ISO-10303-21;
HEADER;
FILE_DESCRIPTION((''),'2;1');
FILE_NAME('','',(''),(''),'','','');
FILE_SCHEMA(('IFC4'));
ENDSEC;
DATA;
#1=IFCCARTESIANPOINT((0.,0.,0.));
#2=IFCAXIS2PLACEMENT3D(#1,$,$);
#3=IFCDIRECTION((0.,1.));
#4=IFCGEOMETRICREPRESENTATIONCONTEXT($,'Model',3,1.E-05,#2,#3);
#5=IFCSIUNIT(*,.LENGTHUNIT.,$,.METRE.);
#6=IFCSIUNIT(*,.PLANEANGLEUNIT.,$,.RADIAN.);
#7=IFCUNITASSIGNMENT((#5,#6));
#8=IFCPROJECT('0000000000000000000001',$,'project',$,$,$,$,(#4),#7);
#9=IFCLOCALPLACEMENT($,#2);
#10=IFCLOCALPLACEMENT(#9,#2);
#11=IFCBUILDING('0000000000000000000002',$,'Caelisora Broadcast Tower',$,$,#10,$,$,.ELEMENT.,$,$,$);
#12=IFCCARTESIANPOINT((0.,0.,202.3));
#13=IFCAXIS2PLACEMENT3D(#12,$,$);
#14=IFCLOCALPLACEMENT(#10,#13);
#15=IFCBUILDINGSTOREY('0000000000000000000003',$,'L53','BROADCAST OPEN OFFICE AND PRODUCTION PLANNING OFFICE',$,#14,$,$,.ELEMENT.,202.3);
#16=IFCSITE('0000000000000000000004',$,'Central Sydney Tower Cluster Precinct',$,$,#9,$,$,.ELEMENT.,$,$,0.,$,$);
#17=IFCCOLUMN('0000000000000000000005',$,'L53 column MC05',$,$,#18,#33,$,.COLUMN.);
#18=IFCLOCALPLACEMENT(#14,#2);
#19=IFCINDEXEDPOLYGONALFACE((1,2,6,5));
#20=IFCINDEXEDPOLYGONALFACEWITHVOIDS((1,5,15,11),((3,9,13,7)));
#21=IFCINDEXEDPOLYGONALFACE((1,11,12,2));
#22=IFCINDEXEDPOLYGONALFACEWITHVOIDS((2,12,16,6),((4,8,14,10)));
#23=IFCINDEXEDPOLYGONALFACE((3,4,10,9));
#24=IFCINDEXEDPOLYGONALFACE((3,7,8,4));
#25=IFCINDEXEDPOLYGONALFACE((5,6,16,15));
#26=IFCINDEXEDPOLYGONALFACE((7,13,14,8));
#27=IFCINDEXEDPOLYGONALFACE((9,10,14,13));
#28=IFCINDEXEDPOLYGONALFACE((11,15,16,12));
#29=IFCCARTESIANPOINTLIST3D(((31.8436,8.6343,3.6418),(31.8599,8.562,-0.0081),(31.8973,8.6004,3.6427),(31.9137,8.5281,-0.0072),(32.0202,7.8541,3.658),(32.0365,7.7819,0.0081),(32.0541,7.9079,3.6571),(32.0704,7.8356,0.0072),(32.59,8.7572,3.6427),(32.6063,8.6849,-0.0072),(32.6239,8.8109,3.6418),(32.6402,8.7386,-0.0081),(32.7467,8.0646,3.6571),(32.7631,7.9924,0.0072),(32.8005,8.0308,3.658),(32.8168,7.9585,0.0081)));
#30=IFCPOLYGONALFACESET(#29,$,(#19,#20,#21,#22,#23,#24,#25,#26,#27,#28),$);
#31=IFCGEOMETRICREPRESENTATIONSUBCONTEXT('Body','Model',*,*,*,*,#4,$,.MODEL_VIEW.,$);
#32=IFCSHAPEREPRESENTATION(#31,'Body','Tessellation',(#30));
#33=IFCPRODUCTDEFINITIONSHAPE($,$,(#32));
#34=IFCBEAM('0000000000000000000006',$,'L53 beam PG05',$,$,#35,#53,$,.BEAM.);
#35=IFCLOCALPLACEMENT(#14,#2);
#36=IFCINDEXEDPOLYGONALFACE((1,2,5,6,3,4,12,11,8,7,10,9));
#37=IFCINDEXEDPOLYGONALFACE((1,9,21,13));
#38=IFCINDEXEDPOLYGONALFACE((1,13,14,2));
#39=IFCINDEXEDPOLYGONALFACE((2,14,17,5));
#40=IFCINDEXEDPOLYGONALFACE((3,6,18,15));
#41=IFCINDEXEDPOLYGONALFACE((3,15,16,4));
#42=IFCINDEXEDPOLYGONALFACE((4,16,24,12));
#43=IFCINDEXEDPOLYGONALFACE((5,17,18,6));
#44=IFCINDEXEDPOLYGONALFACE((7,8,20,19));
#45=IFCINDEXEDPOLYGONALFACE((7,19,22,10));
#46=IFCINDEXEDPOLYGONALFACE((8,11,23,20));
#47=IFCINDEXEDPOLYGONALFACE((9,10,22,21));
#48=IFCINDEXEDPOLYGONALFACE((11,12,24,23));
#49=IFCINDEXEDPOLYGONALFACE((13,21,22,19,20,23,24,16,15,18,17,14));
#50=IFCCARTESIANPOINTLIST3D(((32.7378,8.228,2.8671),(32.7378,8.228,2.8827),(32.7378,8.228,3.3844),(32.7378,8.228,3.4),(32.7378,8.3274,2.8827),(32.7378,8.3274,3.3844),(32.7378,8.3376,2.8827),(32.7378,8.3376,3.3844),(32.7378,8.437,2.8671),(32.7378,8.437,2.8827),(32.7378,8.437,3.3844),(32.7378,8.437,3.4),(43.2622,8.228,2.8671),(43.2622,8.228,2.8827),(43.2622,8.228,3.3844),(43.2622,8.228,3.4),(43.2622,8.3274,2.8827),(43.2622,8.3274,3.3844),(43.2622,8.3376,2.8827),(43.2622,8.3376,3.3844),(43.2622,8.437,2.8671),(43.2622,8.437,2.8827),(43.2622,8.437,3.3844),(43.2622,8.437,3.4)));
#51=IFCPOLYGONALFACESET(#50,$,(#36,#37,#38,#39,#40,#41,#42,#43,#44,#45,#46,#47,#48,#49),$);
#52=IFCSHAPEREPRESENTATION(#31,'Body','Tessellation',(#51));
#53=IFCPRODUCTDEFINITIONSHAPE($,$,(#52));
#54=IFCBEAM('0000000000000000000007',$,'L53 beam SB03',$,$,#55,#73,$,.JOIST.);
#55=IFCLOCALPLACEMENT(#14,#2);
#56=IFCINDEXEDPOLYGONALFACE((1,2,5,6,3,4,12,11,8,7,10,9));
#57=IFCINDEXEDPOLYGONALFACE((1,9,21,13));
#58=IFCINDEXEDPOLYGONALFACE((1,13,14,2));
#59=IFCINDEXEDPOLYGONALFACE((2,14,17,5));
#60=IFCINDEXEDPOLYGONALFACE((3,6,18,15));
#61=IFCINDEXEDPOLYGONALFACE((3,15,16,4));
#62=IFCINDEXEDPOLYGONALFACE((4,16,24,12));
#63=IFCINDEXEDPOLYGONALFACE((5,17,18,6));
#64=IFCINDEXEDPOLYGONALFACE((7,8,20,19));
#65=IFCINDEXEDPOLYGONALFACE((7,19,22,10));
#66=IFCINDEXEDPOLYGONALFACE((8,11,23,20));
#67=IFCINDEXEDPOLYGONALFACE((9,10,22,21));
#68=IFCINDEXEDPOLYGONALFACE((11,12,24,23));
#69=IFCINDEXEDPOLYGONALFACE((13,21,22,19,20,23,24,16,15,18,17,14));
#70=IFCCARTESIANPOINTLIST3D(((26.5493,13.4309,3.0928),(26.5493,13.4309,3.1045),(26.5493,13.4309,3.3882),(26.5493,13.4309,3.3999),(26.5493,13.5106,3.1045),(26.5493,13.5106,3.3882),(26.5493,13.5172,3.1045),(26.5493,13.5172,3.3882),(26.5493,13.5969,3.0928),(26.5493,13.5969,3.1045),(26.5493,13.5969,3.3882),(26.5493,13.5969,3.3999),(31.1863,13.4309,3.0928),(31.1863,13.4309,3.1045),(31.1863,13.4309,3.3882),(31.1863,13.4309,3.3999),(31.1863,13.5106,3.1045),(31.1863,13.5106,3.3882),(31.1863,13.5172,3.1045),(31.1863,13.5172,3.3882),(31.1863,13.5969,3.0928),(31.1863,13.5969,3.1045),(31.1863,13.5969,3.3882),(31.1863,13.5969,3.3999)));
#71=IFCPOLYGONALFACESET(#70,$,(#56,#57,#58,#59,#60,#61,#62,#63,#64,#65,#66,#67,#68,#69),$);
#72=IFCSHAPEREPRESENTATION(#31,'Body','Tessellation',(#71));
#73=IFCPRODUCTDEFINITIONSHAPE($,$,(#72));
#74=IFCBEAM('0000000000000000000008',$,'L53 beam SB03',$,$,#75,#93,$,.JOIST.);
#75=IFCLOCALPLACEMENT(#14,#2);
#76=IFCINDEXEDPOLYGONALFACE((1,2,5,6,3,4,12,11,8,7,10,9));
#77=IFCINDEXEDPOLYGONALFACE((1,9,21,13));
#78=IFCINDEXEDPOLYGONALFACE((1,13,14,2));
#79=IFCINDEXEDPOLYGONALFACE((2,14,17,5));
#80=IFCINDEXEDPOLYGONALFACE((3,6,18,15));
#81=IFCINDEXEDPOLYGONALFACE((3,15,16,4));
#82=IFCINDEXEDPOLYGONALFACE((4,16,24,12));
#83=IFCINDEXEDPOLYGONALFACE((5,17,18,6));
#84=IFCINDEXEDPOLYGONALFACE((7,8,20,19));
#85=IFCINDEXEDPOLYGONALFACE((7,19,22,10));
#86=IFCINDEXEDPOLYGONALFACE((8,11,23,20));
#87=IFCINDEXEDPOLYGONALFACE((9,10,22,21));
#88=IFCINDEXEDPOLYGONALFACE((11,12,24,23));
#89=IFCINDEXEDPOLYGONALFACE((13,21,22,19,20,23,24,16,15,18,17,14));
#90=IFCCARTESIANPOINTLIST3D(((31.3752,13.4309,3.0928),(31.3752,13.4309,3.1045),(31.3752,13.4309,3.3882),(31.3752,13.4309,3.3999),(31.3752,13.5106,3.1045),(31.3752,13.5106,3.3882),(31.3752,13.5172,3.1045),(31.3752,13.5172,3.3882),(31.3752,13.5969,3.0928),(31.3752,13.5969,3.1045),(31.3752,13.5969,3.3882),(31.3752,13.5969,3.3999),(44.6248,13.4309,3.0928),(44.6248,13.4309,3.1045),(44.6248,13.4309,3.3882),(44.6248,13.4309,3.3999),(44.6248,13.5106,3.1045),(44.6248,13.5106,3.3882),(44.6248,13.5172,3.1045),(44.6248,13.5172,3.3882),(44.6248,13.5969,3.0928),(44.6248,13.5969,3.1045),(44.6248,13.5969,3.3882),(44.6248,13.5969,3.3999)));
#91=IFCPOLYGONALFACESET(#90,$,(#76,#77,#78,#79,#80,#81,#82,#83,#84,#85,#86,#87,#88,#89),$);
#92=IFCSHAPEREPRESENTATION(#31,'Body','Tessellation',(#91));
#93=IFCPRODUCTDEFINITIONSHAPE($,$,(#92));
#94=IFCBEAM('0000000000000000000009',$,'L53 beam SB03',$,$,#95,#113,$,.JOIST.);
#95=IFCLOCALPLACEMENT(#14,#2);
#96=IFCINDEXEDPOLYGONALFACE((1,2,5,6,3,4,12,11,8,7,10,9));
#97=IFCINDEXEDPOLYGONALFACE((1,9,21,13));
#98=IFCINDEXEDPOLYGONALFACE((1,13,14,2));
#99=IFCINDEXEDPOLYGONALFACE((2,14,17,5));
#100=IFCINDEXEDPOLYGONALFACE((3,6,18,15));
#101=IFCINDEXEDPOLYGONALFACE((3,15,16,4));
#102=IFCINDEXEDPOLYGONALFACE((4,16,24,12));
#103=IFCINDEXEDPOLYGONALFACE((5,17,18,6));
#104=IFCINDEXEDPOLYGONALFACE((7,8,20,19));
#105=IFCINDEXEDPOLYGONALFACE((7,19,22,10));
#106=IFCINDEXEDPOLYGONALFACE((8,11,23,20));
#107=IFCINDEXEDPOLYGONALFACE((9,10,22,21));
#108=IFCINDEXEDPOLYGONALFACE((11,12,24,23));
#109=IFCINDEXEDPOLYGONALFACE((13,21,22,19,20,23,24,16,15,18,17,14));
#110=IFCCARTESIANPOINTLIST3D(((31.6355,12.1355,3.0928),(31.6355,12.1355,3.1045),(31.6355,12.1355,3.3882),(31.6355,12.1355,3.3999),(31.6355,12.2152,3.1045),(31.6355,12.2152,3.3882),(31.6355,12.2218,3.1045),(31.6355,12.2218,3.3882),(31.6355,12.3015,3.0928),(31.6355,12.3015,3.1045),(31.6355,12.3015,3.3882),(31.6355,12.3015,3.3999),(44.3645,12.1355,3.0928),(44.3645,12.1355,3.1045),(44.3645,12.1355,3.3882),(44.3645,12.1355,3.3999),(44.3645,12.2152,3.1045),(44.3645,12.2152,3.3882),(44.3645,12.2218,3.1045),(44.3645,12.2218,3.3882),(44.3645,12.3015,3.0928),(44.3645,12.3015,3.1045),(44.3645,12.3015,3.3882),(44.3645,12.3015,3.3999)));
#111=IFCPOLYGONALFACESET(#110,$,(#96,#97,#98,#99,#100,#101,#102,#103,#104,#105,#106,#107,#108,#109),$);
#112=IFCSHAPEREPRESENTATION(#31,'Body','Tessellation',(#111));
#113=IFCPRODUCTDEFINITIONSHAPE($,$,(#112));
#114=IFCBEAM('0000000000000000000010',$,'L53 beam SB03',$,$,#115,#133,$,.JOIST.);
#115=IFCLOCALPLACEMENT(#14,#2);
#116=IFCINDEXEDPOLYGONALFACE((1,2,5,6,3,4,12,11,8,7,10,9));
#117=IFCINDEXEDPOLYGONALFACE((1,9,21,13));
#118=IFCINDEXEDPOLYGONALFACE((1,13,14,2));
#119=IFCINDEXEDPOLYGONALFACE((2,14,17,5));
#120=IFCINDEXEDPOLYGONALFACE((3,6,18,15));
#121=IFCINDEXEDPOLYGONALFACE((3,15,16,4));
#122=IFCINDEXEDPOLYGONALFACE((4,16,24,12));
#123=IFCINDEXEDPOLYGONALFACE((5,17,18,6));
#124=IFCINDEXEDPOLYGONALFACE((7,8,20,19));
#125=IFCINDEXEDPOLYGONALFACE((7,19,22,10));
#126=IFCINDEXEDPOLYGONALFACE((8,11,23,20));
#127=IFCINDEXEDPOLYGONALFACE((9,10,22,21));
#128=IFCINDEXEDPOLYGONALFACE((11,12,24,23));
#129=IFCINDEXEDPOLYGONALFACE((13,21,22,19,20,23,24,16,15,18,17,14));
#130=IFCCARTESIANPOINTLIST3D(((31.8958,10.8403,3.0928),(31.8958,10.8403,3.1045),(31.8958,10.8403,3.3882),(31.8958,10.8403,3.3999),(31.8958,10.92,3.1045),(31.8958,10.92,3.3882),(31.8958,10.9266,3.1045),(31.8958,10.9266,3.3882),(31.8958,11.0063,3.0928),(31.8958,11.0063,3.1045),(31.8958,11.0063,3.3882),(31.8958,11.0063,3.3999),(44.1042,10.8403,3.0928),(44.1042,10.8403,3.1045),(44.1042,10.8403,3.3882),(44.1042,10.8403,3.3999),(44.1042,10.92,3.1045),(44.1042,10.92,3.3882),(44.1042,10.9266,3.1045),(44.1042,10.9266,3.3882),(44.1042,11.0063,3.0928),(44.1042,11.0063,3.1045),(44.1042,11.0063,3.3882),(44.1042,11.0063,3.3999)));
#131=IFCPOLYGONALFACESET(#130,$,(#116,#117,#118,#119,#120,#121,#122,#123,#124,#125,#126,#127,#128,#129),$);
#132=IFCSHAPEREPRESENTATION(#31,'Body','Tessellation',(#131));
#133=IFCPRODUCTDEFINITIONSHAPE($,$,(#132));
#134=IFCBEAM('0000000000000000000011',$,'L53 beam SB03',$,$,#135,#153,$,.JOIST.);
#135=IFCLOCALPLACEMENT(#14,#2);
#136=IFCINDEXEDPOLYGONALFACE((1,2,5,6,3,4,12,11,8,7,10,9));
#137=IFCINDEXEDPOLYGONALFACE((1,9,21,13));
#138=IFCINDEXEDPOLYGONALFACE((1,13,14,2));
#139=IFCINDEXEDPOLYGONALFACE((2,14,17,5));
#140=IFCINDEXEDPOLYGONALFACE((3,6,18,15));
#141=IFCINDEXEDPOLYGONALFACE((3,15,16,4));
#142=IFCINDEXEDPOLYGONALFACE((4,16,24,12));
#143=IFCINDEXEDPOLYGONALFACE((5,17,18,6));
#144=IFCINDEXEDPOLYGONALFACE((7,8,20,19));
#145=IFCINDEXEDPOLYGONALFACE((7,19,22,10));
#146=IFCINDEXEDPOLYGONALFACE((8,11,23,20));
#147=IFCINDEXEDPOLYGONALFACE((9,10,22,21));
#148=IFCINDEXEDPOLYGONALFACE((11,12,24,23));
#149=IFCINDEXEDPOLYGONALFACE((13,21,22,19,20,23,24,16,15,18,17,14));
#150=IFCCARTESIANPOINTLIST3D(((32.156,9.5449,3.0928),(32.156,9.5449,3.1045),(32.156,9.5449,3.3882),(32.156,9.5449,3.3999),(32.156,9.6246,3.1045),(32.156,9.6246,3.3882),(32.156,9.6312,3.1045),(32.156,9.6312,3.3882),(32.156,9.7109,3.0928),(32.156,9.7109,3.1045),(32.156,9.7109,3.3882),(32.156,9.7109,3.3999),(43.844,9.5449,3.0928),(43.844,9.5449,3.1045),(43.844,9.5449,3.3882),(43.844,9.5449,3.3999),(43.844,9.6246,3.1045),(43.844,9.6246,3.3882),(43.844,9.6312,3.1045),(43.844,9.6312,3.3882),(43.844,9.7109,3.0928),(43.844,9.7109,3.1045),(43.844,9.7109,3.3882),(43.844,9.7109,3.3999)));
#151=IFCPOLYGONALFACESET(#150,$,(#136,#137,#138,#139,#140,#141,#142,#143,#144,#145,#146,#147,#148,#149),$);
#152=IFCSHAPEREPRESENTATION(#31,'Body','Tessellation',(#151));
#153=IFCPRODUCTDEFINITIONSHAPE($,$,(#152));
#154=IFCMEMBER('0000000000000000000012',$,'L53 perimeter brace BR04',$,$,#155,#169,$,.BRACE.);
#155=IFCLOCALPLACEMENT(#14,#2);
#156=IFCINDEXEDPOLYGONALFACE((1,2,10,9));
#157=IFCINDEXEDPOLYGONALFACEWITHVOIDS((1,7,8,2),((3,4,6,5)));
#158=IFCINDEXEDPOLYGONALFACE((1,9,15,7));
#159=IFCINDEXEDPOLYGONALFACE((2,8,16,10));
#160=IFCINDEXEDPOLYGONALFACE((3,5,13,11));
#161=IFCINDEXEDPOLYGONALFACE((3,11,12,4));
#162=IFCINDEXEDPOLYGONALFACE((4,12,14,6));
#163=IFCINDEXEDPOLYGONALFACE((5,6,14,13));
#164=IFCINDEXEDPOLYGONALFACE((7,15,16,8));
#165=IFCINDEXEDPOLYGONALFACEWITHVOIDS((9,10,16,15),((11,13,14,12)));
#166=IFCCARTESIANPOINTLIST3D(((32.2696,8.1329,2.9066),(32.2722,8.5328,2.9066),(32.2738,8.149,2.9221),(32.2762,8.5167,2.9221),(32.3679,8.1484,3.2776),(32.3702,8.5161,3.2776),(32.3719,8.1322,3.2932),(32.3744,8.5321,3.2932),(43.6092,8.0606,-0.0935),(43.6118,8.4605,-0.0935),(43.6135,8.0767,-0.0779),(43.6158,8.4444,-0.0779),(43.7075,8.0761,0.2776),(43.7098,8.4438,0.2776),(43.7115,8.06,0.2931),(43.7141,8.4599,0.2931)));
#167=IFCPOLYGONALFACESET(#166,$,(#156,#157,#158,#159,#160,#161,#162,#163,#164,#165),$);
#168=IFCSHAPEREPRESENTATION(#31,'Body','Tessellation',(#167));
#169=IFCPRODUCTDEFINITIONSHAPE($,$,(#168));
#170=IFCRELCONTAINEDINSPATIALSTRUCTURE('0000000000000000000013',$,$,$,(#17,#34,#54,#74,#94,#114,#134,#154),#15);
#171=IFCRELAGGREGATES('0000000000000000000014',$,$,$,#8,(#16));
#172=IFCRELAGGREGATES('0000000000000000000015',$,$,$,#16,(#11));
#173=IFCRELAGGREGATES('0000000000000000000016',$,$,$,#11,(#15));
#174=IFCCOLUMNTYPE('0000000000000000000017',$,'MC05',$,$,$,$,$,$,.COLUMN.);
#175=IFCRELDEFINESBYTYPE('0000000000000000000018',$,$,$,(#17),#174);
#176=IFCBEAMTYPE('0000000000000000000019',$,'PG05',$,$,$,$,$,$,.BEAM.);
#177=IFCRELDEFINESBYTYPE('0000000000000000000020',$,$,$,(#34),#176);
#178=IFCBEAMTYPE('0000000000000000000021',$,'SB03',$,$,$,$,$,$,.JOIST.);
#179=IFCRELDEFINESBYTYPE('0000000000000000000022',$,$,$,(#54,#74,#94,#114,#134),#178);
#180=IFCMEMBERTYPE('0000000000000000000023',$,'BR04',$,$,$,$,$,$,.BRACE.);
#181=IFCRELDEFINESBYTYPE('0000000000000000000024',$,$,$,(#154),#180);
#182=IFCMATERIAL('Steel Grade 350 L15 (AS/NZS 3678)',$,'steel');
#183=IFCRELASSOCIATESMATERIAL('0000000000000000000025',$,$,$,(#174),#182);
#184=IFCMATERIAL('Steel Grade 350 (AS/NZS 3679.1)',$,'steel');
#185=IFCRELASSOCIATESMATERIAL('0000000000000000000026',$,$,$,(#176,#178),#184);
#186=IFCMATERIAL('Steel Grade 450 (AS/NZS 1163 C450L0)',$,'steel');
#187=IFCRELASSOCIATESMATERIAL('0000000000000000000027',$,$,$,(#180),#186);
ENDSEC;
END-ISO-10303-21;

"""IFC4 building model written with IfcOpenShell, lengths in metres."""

from ifc_helpers import new_model, si_unit, direction, frame, origin, origin_2d, place, context, subcontext, project, spatial, hollow_rectangle, i_section, extrude, source, transform, mapped, material, material_profile, profile_set, type_object, type_shapes, element, save


model = new_model("IFC4")

# Units and contexts
model_context = context("Model", 3, precision=1e-05, world=origin(), true_north=direction((0.0, 1.0)))
body_context = subcontext(model_context, "Body", "Model", "MODEL_VIEW")
ifc_project = project(units=[si_unit("LENGTHUNIT", "METRE"), si_unit("PLANEANGLEUNIT", "RADIAN")], contexts=[model_context])

# Site, building, storey
site_placement = place(None, origin())
site = spatial("IfcSite", under=ifc_project, at=site_placement, Name="Central Sydney Tower Cluster Precinct", CompositionType="ELEMENT", RefElevation=0.0)
building_placement = place(site_placement, origin())
building = spatial("IfcBuilding", under=site, at=building_placement, Name="Caelisora Broadcast Tower", CompositionType="ELEMENT")
storey_placement = place(building_placement, frame((0.0, 0.0, 202.3)))
storey = spatial("IfcBuildingStorey", under=building, at=storey_placement, Name="L53", Description="BROADCAST OPEN OFFICE AND PRODUCTION PLANNING OFFICE", CompositionType="ELEMENT", Elevation=202.3)

# Column
ifc_material_1 = material(Name="Steel Grade 350 L15 (AS/NZS 3678)", Category="steel")
ifc_material_profile_1 = material_profile(ifc_material_1, hollow_rectangle(XDim=0.8, YDim=0.8, WallThickness=0.0449, at=origin_2d()), Name="Steel Grade 350 L15 (AS/NZS 3678)")
ifc_profile_set_1 = profile_set([ifc_material_profile_1], Name="Steel Grade 350 L15 (AS/NZS 3678)")
column_type = type_object("IfcColumnType", Name="MC05", PredefinedType="COLUMN", material=ifc_profile_set_1)
shared_shape_1 = source(origin(), body_context, "Body", "SweptSolid", [
    extrude(hollow_rectangle(XDim=0.8, YDim=0.8, WallThickness=0.0449, at=origin_2d()), origin(), (0.0, 0.0, 1.0), 3.6506),
])
type_shapes(column_type, [shared_shape_1])
column_placement = place(storey_placement, frame((32.3384, 8.2603, 0.0), z_axis=(-0.004481, 0.019795, 0.999794), x_axis=(-0.975327, -0.220767, 0.0)))
element("IfcColumn", 1, at=column_placement, inside=storey, type_object=column_type, Name="L53 column MC05", PredefinedType="COLUMN", context=body_context, shape_type="MappedRepresentation", body=[
    mapped(shared_shape_1, transform((0.0, 0.0, 0.0), scale=1.0)),
])

# Beams
ifc_material_2 = material(Name="Steel Grade 350 (AS/NZS 3679.1)", Category="steel")
ifc_material_profile_2 = material_profile(ifc_material_2, i_section(OverallWidth=0.209, OverallDepth=0.533, WebThickness=0.0103, FlangeThickness=0.0156, at=origin_2d()), Name="Steel Grade 350 (AS/NZS 3679.1)")
ifc_profile_set_2 = profile_set([ifc_material_profile_2], Name="Steel Grade 350 (AS/NZS 3679.1)")
beam_type_1 = type_object("IfcBeamType", Name="PG05", PredefinedType="BEAM", material=ifc_profile_set_2)
shared_shape_2 = source(origin(), body_context, "Body", "SweptSolid", [
    extrude(i_section(OverallWidth=0.209, OverallDepth=0.533, WebThickness=0.0103, FlangeThickness=0.0156, at=origin_2d()), origin(), (0.0, 0.0, 1.0), 10.5244),
])
type_shapes(beam_type_1, [shared_shape_2])
beam_1_placement = place(storey_placement, frame((32.7378, 8.3325, 3.1335), z_axis=(1.0, 0.0, 0.0), x_axis=(0.0, 1.0, 0.0)))
element("IfcBeam", 2, at=beam_1_placement, inside=storey, type_object=beam_type_1, Name="L53 beam PG05", PredefinedType="BEAM", context=body_context, shape_type="MappedRepresentation", body=[
    mapped(shared_shape_2, transform((0.0, 0.0, 0.0), scale=1.0)),
])
ifc_material_profile_3 = material_profile(ifc_material_2, i_section(OverallWidth=0.166, OverallDepth=0.3071, WebThickness=0.0066, FlangeThickness=0.0117, at=origin_2d()), Name="Steel Grade 350 (AS/NZS 3679.1)")
ifc_profile_set_3 = profile_set([ifc_material_profile_3], Name="Steel Grade 350 (AS/NZS 3679.1)")
beam_type_2 = type_object("IfcBeamType", Name="SB03", PredefinedType="JOIST", material=ifc_profile_set_3)
shared_shape_3 = source(origin(), body_context, "Body", "SweptSolid", [
    extrude(i_section(OverallWidth=0.166, OverallDepth=0.3071, WebThickness=0.0066, FlangeThickness=0.0117, at=origin_2d()), origin(), (0.0, 0.0, 1.0), 4.637),
])
beam_2_placement = place(storey_placement, frame((26.5493, 13.5139, 3.2463), z_axis=(1.0, 0.0, 0.0), x_axis=(0.0, 1.0, 0.0)))
element("IfcBeam", 3, at=beam_2_placement, inside=storey, type_object=beam_type_2, Name="L53 beam SB03", PredefinedType="JOIST", context=body_context, shape_type="MappedRepresentation", body=[
    mapped(shared_shape_3, transform((0.0, 0.0, 0.0), scale=1.0)),
])
shared_shape_4 = source(origin(), body_context, "Body", "SweptSolid", [
    extrude(i_section(OverallWidth=0.166, OverallDepth=0.3071, WebThickness=0.0066, FlangeThickness=0.0117, at=origin_2d()), origin(), (0.0, 0.0, 1.0), 13.2495),
])
beam_3_placement = place(storey_placement, frame((31.3752, 13.5139, 3.2463), z_axis=(1.0, 0.0, 0.0), x_axis=(0.0, 1.0, 0.0)))
element("IfcBeam", 4, at=beam_3_placement, inside=storey, type_object=beam_type_2, Name="L53 beam SB03", PredefinedType="JOIST", context=body_context, shape_type="MappedRepresentation", body=[
    mapped(shared_shape_4, transform((0.0, 0.0, 0.0), scale=1.0)),
])
shared_shape_5 = source(origin(), body_context, "Body", "SweptSolid", [
    extrude(i_section(OverallWidth=0.166, OverallDepth=0.3071, WebThickness=0.0066, FlangeThickness=0.0117, at=origin_2d()), origin(), (0.0, 0.0, 1.0), 12.729),
])
beam_4_placement = place(storey_placement, frame((31.6355, 12.2185, 3.2463), z_axis=(1.0, 0.0, 0.0), x_axis=(0.0, 1.0, 0.0)))
element("IfcBeam", 5, at=beam_4_placement, inside=storey, type_object=beam_type_2, Name="L53 beam SB03", PredefinedType="JOIST", context=body_context, shape_type="MappedRepresentation", body=[
    mapped(shared_shape_5, transform((0.0, 0.0, 0.0), scale=1.0)),
])
shared_shape_6 = source(origin(), body_context, "Body", "SweptSolid", [
    extrude(i_section(OverallWidth=0.166, OverallDepth=0.3071, WebThickness=0.0066, FlangeThickness=0.0117, at=origin_2d()), origin(), (0.0, 0.0, 1.0), 12.2085),
])
beam_5_placement = place(storey_placement, frame((31.8958, 10.9233, 3.2463), z_axis=(1.0, 0.0, 0.0), x_axis=(0.0, 1.0, 0.0)))
element("IfcBeam", 6, at=beam_5_placement, inside=storey, type_object=beam_type_2, Name="L53 beam SB03", PredefinedType="JOIST", context=body_context, shape_type="MappedRepresentation", body=[
    mapped(shared_shape_6, transform((0.0, 0.0, 0.0), scale=1.0)),
])
shared_shape_7 = source(origin(), body_context, "Body", "SweptSolid", [
    extrude(i_section(OverallWidth=0.166, OverallDepth=0.3071, WebThickness=0.0066, FlangeThickness=0.0117, at=origin_2d()), origin(), (0.0, 0.0, 1.0), 11.688),
])
type_shapes(beam_type_2, [shared_shape_3, shared_shape_4, shared_shape_5, shared_shape_6, shared_shape_7])
beam_6_placement = place(storey_placement, frame((32.156, 9.6279, 3.2463), z_axis=(1.0, 0.0, 0.0), x_axis=(0.0, 1.0, 0.0)))
element("IfcBeam", 7, at=beam_6_placement, inside=storey, type_object=beam_type_2, Name="L53 beam SB03", PredefinedType="JOIST", context=body_context, shape_type="MappedRepresentation", body=[
    mapped(shared_shape_7, transform((0.0, 0.0, 0.0), scale=1.0)),
])

# Member
ifc_material_3 = material(Name="Steel Grade 450 (AS/NZS 1163 C450L0)", Category="steel")
ifc_material_profile_4 = material_profile(ifc_material_3, hollow_rectangle(XDim=0.3999, YDim=0.3999, WallThickness=0.0161, at=origin_2d()), Name="Steel Grade 450 (AS/NZS 1163 C450L0)")
ifc_profile_set_4 = profile_set([ifc_material_profile_4], Name="Steel Grade 450 (AS/NZS 1163 C450L0)")
member_type_1 = type_object("IfcMemberType", Name="BR04", PredefinedType="BRACE", material=ifc_profile_set_4)
shared_shape_8 = source(origin(), body_context, "Body", "SweptSolid", [
    extrude(hollow_rectangle(XDim=0.3999, YDim=0.3999, WallThickness=0.0161, at=origin_2d()), origin(), (0.0, 0.0, 1.0), 11.73),
])
type_shapes(member_type_1, [shared_shape_8])
member_1_placement = place(storey_placement, frame((32.322, 8.3325, 3.0999), z_axis=(0.966722, -0.006161, -0.255756), x_axis=(0.006373, 0.99998, 0.0)))
element("IfcMember", 8, at=member_1_placement, inside=storey, type_object=member_type_1, Name="L53 perimeter brace BR04", PredefinedType="BRACE", context=body_context, shape_type="MappedRepresentation", body=[
    mapped(shared_shape_8, transform((0.0, 0.0, 0.0), scale=1.0)),
])

save(model, "model.ifc")
